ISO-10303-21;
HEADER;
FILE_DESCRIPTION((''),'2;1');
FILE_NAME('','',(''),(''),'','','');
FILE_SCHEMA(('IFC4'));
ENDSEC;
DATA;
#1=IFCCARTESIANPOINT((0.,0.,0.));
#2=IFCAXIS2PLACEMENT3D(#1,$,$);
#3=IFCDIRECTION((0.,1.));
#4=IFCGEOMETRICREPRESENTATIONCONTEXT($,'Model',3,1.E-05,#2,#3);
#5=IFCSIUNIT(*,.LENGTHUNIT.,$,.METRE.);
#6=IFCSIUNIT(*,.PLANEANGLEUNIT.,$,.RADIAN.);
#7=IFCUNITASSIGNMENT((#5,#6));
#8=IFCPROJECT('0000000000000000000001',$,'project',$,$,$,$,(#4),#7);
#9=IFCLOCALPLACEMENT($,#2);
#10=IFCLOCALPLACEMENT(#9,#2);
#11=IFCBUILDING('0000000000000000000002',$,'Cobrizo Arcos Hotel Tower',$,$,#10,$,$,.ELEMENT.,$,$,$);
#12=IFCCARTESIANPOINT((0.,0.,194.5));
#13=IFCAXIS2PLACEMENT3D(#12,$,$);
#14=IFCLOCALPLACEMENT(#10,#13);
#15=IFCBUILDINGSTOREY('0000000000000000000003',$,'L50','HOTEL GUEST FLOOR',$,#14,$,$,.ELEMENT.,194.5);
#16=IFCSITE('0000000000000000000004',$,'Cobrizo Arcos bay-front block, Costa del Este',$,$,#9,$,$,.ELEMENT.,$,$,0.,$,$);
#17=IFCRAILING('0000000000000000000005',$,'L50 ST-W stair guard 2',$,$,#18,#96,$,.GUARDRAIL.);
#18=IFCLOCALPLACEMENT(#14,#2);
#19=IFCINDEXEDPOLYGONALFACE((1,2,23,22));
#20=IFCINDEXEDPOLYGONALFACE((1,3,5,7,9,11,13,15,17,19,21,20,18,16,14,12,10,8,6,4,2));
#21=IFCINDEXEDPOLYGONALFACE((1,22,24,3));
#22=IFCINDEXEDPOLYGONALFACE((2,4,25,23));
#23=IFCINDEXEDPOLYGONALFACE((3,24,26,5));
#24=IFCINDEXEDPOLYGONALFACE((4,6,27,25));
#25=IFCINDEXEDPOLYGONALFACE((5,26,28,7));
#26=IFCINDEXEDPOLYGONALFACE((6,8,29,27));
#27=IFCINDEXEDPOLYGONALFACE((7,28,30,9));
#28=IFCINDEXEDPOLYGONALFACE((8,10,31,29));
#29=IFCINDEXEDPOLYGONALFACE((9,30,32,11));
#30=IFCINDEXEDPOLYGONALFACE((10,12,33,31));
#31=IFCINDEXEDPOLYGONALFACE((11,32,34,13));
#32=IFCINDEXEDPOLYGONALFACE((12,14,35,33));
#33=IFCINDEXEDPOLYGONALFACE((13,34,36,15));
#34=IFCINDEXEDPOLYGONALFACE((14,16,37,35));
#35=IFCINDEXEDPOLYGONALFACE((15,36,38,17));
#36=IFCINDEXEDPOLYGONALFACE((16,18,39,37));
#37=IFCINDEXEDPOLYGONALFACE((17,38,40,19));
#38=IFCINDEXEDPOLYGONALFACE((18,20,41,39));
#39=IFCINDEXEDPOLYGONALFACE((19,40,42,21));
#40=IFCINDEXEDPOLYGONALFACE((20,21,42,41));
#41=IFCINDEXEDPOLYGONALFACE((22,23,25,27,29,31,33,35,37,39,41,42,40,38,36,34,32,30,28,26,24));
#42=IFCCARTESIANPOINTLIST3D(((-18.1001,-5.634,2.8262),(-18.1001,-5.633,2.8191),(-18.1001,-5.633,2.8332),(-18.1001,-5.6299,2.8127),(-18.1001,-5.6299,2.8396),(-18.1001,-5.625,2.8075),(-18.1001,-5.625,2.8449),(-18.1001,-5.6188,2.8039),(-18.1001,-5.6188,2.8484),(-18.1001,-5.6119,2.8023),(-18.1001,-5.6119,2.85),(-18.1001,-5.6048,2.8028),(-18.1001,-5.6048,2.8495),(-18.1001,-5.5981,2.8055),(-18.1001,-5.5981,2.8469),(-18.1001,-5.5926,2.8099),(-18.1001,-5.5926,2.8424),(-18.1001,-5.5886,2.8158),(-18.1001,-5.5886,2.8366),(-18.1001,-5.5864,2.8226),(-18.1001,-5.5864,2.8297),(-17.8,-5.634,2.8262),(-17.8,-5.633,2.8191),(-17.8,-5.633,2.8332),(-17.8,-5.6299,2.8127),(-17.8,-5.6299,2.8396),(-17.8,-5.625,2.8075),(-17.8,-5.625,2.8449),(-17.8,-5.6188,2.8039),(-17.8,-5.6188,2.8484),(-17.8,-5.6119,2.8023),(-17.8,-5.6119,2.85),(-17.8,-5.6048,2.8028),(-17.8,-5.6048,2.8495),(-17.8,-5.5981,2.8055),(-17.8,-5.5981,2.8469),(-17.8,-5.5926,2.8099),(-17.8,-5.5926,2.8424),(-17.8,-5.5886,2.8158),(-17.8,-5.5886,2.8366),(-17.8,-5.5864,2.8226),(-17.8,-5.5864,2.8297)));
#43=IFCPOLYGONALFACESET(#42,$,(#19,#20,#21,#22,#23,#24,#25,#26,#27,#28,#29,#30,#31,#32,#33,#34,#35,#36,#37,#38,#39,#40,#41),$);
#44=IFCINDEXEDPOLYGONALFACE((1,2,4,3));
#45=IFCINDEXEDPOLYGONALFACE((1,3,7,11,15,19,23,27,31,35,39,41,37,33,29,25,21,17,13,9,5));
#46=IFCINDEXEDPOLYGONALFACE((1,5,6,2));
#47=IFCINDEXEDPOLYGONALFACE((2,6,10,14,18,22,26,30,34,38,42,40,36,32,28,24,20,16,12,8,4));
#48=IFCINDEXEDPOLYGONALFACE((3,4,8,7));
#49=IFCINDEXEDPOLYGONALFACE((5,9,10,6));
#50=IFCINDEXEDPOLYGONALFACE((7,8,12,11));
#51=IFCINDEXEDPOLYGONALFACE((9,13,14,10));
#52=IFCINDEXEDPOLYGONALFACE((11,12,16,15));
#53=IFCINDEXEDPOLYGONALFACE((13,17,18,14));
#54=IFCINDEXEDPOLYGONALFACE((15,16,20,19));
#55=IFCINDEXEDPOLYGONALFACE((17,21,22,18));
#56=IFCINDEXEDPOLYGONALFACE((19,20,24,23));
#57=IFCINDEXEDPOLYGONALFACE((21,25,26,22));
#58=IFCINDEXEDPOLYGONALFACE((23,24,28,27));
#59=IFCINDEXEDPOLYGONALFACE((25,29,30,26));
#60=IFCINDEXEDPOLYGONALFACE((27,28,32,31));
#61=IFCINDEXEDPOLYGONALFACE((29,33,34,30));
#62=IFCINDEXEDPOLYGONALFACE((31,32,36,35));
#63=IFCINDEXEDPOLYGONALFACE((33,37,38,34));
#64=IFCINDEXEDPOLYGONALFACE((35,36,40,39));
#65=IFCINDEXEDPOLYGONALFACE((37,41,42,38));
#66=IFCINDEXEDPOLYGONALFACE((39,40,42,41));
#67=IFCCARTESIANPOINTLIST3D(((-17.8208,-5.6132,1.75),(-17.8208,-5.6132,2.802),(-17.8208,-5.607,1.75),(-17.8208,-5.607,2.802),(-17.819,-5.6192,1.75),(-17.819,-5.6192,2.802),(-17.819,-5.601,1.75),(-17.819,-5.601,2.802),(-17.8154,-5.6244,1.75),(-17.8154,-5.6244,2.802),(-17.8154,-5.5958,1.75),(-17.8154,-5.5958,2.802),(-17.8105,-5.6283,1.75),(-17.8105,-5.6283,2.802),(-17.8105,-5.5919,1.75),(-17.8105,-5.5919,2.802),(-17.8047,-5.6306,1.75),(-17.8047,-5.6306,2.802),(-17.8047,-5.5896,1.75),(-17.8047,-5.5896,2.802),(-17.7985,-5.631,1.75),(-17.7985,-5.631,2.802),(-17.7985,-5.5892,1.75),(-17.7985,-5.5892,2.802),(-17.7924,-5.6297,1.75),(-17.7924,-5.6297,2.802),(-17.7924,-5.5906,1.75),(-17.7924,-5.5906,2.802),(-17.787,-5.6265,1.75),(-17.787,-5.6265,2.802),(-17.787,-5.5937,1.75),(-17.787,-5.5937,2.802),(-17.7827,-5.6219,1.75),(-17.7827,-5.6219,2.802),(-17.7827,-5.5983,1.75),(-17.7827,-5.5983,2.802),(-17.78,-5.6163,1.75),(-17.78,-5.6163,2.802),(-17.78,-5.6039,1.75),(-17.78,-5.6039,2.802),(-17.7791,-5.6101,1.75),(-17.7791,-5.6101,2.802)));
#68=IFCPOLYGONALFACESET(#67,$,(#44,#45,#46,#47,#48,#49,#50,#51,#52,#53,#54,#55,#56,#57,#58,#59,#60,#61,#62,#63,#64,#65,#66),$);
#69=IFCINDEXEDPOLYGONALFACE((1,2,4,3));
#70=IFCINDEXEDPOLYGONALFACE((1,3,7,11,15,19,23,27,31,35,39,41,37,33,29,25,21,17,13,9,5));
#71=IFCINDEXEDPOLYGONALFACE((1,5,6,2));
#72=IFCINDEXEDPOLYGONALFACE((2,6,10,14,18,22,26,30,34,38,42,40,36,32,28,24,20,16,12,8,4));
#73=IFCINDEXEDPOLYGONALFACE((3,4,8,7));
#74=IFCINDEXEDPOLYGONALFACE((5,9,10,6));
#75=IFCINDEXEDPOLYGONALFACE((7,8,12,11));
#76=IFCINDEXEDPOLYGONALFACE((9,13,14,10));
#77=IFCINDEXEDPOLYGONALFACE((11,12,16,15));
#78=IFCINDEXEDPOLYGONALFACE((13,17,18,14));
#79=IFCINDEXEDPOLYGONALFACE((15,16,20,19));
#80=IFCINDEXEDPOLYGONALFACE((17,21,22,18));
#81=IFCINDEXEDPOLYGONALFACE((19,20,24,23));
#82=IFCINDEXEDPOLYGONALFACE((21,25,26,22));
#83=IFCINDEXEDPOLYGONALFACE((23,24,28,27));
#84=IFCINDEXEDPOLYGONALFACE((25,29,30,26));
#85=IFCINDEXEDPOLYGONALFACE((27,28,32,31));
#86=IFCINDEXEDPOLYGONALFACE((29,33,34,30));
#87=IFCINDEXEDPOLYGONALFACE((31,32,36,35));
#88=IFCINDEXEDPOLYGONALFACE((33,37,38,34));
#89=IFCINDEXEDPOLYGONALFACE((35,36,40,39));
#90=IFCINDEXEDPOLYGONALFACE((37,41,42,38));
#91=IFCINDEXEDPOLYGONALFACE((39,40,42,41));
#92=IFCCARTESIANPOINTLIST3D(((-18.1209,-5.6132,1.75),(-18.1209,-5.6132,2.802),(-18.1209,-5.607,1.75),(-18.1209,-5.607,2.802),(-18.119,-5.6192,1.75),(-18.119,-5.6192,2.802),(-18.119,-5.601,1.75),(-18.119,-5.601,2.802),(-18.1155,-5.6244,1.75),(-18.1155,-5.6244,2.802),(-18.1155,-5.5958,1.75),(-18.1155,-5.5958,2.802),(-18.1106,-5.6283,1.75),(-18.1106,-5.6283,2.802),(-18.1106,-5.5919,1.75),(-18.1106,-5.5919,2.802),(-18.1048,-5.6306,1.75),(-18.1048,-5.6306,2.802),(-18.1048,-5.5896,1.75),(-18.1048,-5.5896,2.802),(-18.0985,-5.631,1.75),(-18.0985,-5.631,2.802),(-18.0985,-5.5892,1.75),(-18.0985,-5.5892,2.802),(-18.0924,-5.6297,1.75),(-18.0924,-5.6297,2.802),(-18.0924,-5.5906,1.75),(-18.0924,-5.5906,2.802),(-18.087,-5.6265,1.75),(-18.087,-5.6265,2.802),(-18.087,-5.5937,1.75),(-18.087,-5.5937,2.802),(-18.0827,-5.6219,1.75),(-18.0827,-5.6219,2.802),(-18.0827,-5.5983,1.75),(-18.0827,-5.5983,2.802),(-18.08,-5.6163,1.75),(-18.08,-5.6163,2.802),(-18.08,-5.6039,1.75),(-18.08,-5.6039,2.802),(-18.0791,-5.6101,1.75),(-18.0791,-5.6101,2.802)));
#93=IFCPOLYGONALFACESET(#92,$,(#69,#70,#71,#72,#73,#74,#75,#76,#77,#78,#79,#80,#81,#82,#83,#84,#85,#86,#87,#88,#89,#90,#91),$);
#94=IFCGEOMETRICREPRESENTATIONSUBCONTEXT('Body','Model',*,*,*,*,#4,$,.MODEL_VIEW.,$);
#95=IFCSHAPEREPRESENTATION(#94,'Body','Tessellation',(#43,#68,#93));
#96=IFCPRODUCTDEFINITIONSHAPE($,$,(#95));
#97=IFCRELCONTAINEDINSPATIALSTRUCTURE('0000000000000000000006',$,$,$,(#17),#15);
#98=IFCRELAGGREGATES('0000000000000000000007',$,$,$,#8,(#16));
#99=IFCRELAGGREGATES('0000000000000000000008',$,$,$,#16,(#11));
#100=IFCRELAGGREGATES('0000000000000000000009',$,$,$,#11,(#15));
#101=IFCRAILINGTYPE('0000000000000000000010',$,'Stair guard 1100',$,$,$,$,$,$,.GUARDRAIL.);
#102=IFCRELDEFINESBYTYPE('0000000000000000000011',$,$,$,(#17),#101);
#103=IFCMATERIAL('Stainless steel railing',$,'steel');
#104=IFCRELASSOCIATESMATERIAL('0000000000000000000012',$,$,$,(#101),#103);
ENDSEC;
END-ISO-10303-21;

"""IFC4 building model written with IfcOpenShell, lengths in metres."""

from ifc_helpers import new_model, si_unit, direction, frame, origin, origin_2d, place, context, subcontext, project, spatial, circle, extrude, material, type_object, element, save


model = new_model("IFC4")

# Units and contexts
model_context = context("Model", 3, precision=1e-05, world=origin(), true_north=direction((0.0, 1.0)))
body_context = subcontext(model_context, "Body", "Model", "MODEL_VIEW")
ifc_project = project(units=[si_unit("LENGTHUNIT", "METRE"), si_unit("PLANEANGLEUNIT", "RADIAN")], contexts=[model_context])

# Site, building, storey
site_placement = place(None, origin())
site = spatial("IfcSite", under=ifc_project, at=site_placement, Name="Cobrizo Arcos bay-front block, Costa del Este", CompositionType="ELEMENT", RefElevation=0.0)
building_placement = place(site_placement, origin())
building = spatial("IfcBuilding", under=site, at=building_placement, Name="Cobrizo Arcos Hotel Tower", CompositionType="ELEMENT")
storey_placement = place(building_placement, frame((0.0, 0.0, 194.5)))
storey = spatial("IfcBuildingStorey", under=building, at=storey_placement, Name="L50", Description="HOTEL GUEST FLOOR", CompositionType="ELEMENT", Elevation=194.5)

# Railing
ifc_material_1 = material(Name="Stainless steel railing", Category="steel")
railing_type_1 = type_object("IfcRailingType", Name="Stair guard 1100", PredefinedType="GUARDRAIL", material=ifc_material_1)
railing_1_placement = place(storey_placement, frame((-17.8, -5.6101, 1.75)))
element("IfcRailing", 1, at=railing_1_placement, inside=storey, type_object=railing_type_1, Name="L50 ST-W stair guard 2", PredefinedType="GUARDRAIL", context=body_context, shape_type="SweptSolid", body=[
    extrude(circle(Radius=0.0239, at=origin_2d()), frame((0.0, 0.0, 1.0762), z_axis=(-1.0, 0.0, 0.0), x_axis=(0.0, -1.0, 0.0)), (0.0, 0.0, 1.0), 0.3),
    extrude(circle(Radius=0.021, at=origin_2d()), origin(), (0.0, 0.0, 1.0), 1.052),
    extrude(circle(Radius=0.021, at=origin_2d()), frame((-0.3, 0.0, 0.0)), (0.0, 0.0, 1.0), 1.052),
])

save(model, "model.ifc")
